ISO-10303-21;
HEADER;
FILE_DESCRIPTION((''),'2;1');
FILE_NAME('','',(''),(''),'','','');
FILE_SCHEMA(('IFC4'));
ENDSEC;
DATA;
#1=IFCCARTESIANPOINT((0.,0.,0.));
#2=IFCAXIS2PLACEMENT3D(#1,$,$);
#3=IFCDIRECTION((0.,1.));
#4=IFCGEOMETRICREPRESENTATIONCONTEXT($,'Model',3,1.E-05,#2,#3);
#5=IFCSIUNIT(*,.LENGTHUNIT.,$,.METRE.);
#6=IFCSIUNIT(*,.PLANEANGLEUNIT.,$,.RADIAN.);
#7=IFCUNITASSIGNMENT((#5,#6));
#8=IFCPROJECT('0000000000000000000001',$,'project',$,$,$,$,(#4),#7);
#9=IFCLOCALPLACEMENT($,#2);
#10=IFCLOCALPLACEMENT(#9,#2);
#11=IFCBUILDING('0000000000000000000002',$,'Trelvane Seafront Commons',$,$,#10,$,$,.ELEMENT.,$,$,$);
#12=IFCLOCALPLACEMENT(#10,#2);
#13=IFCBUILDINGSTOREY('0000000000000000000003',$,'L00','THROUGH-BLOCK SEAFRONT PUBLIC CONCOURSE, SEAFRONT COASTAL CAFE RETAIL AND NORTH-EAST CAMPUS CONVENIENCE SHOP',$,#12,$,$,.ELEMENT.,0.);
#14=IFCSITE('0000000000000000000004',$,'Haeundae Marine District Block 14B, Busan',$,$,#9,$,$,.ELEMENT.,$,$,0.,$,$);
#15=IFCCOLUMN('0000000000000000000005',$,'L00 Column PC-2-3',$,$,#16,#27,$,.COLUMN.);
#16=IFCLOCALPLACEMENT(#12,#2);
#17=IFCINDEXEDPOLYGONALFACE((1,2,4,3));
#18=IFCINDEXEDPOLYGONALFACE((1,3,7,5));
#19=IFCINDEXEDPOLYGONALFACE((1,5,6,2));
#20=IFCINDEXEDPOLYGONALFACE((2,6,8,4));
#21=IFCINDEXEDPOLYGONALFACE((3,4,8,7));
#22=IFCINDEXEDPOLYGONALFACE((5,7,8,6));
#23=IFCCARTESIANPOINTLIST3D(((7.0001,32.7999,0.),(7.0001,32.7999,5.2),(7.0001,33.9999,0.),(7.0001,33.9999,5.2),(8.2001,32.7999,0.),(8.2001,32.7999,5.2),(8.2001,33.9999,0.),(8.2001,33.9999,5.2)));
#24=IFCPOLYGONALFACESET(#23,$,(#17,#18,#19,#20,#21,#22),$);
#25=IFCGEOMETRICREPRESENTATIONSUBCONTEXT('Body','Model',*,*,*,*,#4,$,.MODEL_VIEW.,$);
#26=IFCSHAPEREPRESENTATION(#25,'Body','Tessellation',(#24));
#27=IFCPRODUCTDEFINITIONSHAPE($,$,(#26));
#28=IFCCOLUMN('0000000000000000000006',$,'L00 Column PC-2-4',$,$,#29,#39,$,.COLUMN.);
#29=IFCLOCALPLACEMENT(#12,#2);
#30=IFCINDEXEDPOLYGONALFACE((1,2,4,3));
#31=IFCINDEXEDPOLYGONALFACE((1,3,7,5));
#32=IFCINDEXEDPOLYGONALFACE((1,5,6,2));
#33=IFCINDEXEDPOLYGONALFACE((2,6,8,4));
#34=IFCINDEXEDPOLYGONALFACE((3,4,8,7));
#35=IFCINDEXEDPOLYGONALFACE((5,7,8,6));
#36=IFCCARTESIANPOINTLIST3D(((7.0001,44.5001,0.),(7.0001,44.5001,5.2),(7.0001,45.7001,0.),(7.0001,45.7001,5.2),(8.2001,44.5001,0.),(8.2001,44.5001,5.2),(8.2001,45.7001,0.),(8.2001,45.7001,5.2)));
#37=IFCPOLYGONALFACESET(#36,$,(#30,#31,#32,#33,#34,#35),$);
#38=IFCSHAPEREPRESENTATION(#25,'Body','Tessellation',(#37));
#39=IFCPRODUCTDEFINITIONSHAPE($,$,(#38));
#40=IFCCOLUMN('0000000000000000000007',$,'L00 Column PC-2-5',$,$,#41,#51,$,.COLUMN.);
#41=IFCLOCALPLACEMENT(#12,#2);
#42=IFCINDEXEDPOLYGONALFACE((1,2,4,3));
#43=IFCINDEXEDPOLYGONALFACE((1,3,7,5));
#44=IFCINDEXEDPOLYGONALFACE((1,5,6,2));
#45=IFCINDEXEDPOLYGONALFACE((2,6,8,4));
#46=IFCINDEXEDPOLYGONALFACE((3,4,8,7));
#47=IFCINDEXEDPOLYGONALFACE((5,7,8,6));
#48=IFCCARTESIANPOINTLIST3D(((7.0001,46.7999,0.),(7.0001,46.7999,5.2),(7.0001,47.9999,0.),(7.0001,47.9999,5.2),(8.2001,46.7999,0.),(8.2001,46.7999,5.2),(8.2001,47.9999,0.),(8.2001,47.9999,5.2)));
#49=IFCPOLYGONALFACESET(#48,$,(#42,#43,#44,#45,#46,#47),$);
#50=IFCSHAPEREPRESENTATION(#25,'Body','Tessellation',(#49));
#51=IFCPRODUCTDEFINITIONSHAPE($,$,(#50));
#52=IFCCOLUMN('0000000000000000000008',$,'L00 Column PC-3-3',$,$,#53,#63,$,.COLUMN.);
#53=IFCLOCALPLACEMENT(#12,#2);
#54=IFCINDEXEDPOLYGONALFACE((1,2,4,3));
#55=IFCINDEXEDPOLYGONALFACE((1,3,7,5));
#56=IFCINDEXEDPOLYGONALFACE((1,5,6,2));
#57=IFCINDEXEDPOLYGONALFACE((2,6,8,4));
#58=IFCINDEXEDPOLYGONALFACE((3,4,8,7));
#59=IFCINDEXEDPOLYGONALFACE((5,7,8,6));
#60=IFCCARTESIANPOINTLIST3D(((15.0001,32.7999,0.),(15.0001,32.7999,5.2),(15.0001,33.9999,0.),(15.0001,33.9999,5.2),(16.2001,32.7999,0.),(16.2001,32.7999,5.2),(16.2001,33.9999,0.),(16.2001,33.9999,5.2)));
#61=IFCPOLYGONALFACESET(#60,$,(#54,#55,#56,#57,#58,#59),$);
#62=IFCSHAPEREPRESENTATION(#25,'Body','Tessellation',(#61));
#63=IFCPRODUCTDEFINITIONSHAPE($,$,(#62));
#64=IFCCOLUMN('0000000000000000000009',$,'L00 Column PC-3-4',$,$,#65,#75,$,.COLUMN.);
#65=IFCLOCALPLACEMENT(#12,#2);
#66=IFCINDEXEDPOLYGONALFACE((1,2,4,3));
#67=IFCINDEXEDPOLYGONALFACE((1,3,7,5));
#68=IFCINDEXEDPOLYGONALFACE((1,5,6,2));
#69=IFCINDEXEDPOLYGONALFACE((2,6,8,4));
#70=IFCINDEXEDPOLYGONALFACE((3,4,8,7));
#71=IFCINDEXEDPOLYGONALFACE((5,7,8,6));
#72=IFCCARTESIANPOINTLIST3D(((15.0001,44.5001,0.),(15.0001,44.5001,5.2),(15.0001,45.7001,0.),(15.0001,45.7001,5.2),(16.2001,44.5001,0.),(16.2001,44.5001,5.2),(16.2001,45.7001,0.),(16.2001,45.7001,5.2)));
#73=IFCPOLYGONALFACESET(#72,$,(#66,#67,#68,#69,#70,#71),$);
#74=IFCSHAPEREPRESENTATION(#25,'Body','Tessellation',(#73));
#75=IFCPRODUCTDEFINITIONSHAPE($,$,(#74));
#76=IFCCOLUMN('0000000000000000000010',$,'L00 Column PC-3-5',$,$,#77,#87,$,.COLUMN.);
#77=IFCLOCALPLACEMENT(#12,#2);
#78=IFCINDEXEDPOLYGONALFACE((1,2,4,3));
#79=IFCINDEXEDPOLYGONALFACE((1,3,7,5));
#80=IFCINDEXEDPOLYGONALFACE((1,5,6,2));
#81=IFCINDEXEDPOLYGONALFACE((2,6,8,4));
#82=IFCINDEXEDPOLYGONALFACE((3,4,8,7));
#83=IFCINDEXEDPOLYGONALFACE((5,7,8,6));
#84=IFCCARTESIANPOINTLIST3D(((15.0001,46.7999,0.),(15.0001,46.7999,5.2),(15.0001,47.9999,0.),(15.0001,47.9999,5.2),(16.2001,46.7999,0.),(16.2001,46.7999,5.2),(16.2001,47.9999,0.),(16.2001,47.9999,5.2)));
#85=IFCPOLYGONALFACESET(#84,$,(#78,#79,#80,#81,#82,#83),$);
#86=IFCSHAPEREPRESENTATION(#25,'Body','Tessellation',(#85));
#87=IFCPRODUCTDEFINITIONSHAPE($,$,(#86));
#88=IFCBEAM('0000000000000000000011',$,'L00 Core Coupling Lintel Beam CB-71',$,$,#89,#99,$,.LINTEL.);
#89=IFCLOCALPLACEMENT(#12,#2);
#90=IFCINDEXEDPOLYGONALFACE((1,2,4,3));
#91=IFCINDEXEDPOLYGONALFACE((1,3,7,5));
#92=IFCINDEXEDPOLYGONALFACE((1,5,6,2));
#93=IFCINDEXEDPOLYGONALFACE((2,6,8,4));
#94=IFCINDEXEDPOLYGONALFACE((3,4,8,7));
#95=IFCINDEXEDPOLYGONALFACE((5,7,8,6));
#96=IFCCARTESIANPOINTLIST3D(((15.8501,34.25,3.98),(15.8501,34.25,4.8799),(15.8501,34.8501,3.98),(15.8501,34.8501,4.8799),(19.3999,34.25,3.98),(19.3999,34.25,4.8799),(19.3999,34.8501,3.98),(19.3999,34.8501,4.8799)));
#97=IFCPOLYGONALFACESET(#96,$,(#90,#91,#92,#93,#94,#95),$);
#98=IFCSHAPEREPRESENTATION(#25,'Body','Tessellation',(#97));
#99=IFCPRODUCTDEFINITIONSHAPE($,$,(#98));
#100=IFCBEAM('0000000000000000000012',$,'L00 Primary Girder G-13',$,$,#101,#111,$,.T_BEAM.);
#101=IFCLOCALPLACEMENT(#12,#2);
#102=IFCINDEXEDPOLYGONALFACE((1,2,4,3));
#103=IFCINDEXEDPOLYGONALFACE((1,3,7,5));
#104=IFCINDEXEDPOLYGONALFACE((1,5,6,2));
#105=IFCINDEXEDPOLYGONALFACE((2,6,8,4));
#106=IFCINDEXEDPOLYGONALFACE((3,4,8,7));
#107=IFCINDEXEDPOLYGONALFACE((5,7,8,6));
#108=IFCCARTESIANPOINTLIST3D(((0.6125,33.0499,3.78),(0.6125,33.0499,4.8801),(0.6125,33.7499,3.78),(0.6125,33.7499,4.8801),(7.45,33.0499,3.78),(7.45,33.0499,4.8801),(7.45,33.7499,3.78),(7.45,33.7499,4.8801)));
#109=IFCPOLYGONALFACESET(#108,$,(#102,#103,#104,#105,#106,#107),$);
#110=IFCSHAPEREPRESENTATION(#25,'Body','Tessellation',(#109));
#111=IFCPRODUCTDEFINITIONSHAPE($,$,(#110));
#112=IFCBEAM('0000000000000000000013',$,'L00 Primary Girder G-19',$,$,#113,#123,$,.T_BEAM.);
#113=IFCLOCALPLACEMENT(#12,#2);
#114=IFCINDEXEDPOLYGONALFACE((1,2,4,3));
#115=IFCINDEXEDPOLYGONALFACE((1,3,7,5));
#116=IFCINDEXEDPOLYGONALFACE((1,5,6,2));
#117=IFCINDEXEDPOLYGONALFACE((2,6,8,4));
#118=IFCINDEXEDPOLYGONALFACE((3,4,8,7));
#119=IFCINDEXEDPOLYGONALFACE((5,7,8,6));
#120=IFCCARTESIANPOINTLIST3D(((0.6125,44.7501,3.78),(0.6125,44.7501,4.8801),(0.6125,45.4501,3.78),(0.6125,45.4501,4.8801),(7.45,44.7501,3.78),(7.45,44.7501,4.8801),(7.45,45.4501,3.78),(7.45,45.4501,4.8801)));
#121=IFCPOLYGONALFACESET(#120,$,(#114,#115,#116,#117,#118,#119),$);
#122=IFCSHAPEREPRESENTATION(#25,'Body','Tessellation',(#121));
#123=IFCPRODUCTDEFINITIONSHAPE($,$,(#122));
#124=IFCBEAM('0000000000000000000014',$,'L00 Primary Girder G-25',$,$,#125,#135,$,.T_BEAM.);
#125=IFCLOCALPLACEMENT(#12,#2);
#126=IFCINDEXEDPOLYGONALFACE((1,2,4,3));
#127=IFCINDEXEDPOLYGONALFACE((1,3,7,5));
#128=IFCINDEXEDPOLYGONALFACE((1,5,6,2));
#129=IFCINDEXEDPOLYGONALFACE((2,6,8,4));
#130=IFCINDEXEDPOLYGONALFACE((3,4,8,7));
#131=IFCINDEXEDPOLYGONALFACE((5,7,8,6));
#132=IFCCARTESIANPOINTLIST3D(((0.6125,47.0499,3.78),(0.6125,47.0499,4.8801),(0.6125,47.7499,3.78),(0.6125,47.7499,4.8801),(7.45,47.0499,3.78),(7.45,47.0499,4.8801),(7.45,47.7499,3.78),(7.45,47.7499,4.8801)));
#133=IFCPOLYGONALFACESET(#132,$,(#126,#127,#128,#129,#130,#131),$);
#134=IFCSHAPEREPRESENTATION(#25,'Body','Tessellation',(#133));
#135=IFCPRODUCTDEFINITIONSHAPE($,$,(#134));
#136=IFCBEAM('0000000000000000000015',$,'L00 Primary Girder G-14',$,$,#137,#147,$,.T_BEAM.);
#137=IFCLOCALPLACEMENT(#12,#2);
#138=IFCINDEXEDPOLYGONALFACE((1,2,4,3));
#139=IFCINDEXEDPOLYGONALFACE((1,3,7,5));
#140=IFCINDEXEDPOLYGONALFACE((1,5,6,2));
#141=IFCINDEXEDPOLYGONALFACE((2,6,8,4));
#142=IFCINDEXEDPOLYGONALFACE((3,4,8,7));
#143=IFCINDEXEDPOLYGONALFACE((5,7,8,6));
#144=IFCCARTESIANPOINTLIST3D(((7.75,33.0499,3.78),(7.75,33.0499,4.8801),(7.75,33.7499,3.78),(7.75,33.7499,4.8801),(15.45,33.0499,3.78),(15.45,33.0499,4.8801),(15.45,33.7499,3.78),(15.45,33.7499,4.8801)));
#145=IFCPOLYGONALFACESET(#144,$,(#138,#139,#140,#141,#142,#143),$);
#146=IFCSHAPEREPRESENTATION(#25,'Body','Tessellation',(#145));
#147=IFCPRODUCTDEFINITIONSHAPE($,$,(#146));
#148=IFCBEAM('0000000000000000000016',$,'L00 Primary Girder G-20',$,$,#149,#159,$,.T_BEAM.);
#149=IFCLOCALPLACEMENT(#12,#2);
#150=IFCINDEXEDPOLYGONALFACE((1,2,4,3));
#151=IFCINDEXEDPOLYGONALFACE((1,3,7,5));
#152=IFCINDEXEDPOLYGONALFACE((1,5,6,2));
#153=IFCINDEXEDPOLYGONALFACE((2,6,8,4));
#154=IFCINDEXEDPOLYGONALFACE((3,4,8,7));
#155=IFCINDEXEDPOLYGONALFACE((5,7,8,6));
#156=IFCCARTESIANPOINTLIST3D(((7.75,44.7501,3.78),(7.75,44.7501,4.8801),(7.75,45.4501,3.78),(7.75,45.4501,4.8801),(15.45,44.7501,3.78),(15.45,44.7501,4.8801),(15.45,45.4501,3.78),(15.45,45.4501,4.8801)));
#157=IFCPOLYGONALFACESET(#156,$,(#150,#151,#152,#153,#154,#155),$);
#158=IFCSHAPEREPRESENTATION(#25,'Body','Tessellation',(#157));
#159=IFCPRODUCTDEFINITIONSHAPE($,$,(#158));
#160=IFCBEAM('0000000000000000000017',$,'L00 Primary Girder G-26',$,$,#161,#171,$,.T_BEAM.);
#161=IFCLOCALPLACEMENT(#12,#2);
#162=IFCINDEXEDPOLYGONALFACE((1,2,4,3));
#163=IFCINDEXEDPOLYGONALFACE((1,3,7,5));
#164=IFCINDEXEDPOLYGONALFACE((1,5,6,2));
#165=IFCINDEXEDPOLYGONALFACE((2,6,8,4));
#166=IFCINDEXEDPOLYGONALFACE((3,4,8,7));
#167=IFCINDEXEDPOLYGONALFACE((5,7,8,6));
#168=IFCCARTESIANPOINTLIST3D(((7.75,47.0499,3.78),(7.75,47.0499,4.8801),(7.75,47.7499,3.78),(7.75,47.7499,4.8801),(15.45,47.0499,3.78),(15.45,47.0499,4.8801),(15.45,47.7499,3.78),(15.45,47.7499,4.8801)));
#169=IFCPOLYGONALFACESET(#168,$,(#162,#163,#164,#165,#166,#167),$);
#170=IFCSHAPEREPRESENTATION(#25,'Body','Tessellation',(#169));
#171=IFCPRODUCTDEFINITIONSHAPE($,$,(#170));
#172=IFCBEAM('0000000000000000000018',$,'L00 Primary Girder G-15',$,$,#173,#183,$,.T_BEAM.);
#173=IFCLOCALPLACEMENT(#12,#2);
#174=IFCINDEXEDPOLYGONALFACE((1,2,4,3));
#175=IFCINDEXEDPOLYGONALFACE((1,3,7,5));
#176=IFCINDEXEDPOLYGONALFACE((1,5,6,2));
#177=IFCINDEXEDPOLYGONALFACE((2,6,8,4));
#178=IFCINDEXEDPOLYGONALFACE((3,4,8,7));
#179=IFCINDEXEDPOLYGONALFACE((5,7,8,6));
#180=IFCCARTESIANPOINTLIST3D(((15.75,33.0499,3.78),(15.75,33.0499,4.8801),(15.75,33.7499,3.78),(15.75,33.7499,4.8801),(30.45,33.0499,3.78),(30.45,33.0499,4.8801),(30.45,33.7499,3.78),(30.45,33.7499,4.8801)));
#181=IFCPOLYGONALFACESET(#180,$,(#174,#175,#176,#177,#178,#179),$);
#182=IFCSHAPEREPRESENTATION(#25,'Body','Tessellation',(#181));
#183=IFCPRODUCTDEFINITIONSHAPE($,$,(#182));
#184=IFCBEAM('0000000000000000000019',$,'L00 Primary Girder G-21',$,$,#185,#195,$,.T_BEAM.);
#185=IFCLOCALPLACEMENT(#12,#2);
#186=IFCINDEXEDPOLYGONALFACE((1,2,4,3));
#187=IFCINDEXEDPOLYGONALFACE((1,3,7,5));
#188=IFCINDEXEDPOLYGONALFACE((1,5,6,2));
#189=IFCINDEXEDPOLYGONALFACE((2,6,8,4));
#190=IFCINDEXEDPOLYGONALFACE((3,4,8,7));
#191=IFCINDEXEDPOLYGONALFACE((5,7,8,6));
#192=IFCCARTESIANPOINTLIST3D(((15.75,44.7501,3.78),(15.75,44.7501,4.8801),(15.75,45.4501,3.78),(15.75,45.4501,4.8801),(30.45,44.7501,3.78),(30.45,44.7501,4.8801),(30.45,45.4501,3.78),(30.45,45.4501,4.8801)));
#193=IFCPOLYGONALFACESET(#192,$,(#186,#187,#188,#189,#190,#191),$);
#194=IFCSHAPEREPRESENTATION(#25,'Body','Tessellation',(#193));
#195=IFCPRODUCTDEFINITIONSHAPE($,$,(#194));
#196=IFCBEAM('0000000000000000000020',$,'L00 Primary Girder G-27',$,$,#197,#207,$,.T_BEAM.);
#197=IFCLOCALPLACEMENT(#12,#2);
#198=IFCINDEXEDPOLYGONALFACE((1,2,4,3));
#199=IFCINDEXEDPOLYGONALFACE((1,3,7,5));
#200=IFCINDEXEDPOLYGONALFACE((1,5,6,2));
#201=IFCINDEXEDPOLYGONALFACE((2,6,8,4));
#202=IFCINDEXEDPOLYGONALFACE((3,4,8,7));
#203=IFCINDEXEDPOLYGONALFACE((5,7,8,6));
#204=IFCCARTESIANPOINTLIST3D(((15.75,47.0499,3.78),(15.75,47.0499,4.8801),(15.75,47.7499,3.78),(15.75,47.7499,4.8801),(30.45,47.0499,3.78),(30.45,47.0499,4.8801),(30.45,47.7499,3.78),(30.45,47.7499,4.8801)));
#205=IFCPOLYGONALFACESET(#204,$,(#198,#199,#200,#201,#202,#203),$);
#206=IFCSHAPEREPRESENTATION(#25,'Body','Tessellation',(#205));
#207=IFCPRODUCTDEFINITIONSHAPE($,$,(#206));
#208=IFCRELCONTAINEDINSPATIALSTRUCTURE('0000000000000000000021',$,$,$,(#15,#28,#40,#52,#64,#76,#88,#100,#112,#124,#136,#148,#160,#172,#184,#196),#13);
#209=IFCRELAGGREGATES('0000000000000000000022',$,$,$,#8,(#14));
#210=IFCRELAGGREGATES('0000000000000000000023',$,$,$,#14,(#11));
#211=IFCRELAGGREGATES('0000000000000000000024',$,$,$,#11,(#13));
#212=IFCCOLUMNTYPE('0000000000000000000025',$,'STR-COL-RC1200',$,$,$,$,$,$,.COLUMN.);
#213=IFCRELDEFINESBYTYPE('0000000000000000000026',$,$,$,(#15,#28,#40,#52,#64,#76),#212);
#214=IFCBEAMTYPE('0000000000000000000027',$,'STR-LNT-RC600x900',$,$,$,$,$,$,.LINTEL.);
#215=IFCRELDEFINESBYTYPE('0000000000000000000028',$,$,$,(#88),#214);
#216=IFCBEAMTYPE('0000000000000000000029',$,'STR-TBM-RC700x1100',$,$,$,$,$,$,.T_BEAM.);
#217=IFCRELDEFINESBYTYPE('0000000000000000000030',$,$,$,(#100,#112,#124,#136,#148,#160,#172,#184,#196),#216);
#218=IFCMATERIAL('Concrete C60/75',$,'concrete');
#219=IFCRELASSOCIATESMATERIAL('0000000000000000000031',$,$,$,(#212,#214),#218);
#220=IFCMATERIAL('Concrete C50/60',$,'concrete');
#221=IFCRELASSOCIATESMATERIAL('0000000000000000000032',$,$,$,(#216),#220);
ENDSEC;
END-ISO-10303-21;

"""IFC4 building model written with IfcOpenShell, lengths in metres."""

from ifc_helpers import new_model, si_unit, direction, frame, origin, origin_2d, place, context, subcontext, project, spatial, rectangle, extrude, source, transform, mapped, material, material_profile, profile_set, type_object, element, save


model = new_model("IFC4")

# Units and contexts
model_context = context("Model", 3, precision=1e-05, world=origin(), true_north=direction((0.0, 1.0)))
body_context = subcontext(model_context, "Body", "Model", "MODEL_VIEW")
ifc_project = project(units=[si_unit("LENGTHUNIT", "METRE"), si_unit("PLANEANGLEUNIT", "RADIAN")], contexts=[model_context])

# Site, building, storey
site_placement = place(None, origin())
site = spatial("IfcSite", under=ifc_project, at=site_placement, Name="Haeundae Marine District Block 14B, Busan", CompositionType="ELEMENT", RefElevation=0.0)
building_placement = place(site_placement, origin())
building = spatial("IfcBuilding", under=site, at=building_placement, Name="Trelvane Seafront Commons", CompositionType="ELEMENT")
storey_placement = place(building_placement, origin())
storey = spatial("IfcBuildingStorey", under=building, at=storey_placement, Name="L00", Description="THROUGH-BLOCK SEAFRONT PUBLIC CONCOURSE, SEAFRONT COASTAL CAFE RETAIL AND NORTH-EAST CAMPUS CONVENIENCE SHOP", CompositionType="ELEMENT", Elevation=0.0)

# Columns
ifc_material_1 = material(Name="Concrete C60/75", Category="concrete")
ifc_material_profile_1 = material_profile(ifc_material_1, rectangle(XDim=1.2, YDim=1.2, at=origin_2d()), Name="RC-1200x1200")
ifc_profile_set_1 = profile_set([ifc_material_profile_1], Name="Concrete C60/75")
column_type = type_object("IfcColumnType", Name="STR-COL-RC1200", PredefinedType="COLUMN", material=ifc_profile_set_1)
shared_shape_1 = source(origin(), body_context, "Body", "SweptSolid", [
    extrude(rectangle(XDim=1.2, YDim=1.2, at=origin_2d()), origin(), (0.0, 0.0, 1.0), 5.2),
])
for number, where, z_axis, x_axis, name in (
    (1, (7.6001, 33.3999, 0.0), (0.0, 0.0, 1.0), (1.0, 0.0, 0.0), "L00 Column PC-2-3"),
    (2, (7.6001, 45.1001, 0.0), (0.0, 0.0, 1.0), (1.0, 0.0, 0.0), "L00 Column PC-2-4"),
    (3, (7.6001, 47.3999, 0.0), (0.0, 0.0, 1.0), (1.0, 0.0, 0.0), "L00 Column PC-2-5"),
    (4, (15.6001, 33.3999, 0.0), (0.0, 0.0, 1.0), (1.0, 0.0, 0.0), "L00 Column PC-3-3"),
    (5, (15.6001, 45.1001, 0.0), (0.0, 0.0, 1.0), (1.0, 0.0, 0.0), "L00 Column PC-3-4"),
    (6, (15.6001, 47.3999, 0.0), (0.0, 0.0, 1.0), (1.0, 0.0, 0.0), "L00 Column PC-3-5"),
):
    element("IfcColumn", number, at=place(storey_placement, frame(where, z_axis=z_axis, x_axis=x_axis)), inside=storey, type_object=column_type, Name=name, PredefinedType="COLUMN", context=body_context, shape_type="MappedRepresentation", body=[
        mapped(shared_shape_1, transform((0.0, 0.0, 0.0), x_axis=(1.0, 0.0, 0.0), y_axis=(0.0, 1.0, 0.0), z_axis=(0.0, 0.0, 1.0), scale=1.0)),
    ])

# Beams
ifc_material_profile_2 = material_profile(ifc_material_1, rectangle(XDim=0.6001, YDim=0.8999, at=origin_2d()), Name="RC-600x900")
ifc_profile_set_2 = profile_set([ifc_material_profile_2], Name="Concrete C60/75")
beam_type_1 = type_object("IfcBeamType", Name="STR-LNT-RC600x900", PredefinedType="LINTEL", material=ifc_profile_set_2)
shared_shape_2 = source(origin(), body_context, "Body", "SweptSolid", [
    extrude(rectangle(XDim=0.6001, YDim=0.8999, at=origin_2d()), origin(), (0.0, 0.0, 1.0), 3.5498),
])
beam_1_placement = place(storey_placement, frame((15.8501, 34.55, 4.4299), z_axis=(1.0, 0.0, 0.0), x_axis=(0.0, 1.0, 0.0)))
element("IfcBeam", 7, at=beam_1_placement, inside=storey, type_object=beam_type_1, Name="L00 Core Coupling Lintel Beam CB-71", PredefinedType="LINTEL", context=body_context, shape_type="MappedRepresentation", body=[
    mapped(shared_shape_2, transform((0.0, 0.0, 0.0), x_axis=(1.0, 0.0, 0.0), y_axis=(0.0, 1.0, 0.0), z_axis=(0.0, 0.0, 1.0), scale=1.0)),
])
ifc_material_2 = material(Name="Concrete C50/60", Category="concrete")
ifc_material_profile_3 = material_profile(ifc_material_2, rectangle(XDim=0.7, YDim=1.1001, at=origin_2d()), Name="RC-700x1100")
ifc_profile_set_3 = profile_set([ifc_material_profile_3], Name="Concrete C50/60")
beam_type_2 = type_object("IfcBeamType", Name="STR-TBM-RC700x1100", PredefinedType="T_BEAM", material=ifc_profile_set_3)
shared_shape_3 = source(origin(), body_context, "Body", "SweptSolid", [
    extrude(rectangle(XDim=0.7, YDim=1.1001, at=origin_2d()), origin(), (0.0, 0.0, 1.0), 6.8374),
])
for number, where, z_axis, x_axis, name in (
    (8, (0.6125, 33.3999, 4.3301), (1.0, 0.0, 0.0), (0.0, 1.0, 0.0), "L00 Primary Girder G-13"),
    (9, (0.6125, 45.1001, 4.3301), (1.0, 0.0, 0.0), (0.0, 1.0, 0.0), "L00 Primary Girder G-19"),
    (10, (0.6125, 47.3999, 4.3301), (1.0, 0.0, 0.0), (0.0, 1.0, 0.0), "L00 Primary Girder G-25"),
):
    element("IfcBeam", number, at=place(storey_placement, frame(where, z_axis=z_axis, x_axis=x_axis)), inside=storey, type_object=beam_type_2, Name=name, PredefinedType="T_BEAM", context=body_context, shape_type="MappedRepresentation", body=[
        mapped(shared_shape_3, transform((0.0, 0.0, 0.0), x_axis=(1.0, 0.0, 0.0), y_axis=(0.0, 1.0, 0.0), z_axis=(0.0, 0.0, 1.0), scale=1.0)),
    ])
shared_shape_4 = source(origin(), body_context, "Body", "SweptSolid", [
    extrude(rectangle(XDim=0.7, YDim=1.1001, at=origin_2d()), origin(), (0.0, 0.0, 1.0), 7.7),
])
for number, where, z_axis, x_axis, name in (
    (11, (7.75, 33.3999, 4.3301), (1.0, 0.0, 0.0), (0.0, 1.0, 0.0), "L00 Primary Girder G-14"),
    (12, (7.75, 45.1001, 4.3301), (1.0, 0.0, 0.0), (0.0, 1.0, 0.0), "L00 Primary Girder G-20"),
    (13, (7.75, 47.3999, 4.3301), (1.0, 0.0, 0.0), (0.0, 1.0, 0.0), "L00 Primary Girder G-26"),
):
    element("IfcBeam", number, at=place(storey_placement, frame(where, z_axis=z_axis, x_axis=x_axis)), inside=storey, type_object=beam_type_2, Name=name, PredefinedType="T_BEAM", context=body_context, shape_type="MappedRepresentation", body=[
        mapped(shared_shape_4, transform((0.0, 0.0, 0.0), x_axis=(1.0, 0.0, 0.0), y_axis=(0.0, 1.0, 0.0), z_axis=(0.0, 0.0, 1.0), scale=1.0)),
    ])
shared_shape_5 = source(origin(), body_context, "Body", "SweptSolid", [
    extrude(rectangle(XDim=0.7, YDim=1.1001, at=origin_2d()), origin(), (0.0, 0.0, 1.0), 14.7),
])
for number, where, z_axis, x_axis, name in (
    (14, (15.75, 33.3999, 4.3301), (1.0, 0.0, 0.0), (0.0, 1.0, 0.0), "L00 Primary Girder G-15"),
    (15, (15.75, 45.1001, 4.3301), (1.0, 0.0, 0.0), (0.0, 1.0, 0.0), "L00 Primary Girder G-21"),
    (16, (15.75, 47.3999, 4.3301), (1.0, 0.0, 0.0), (0.0, 1.0, 0.0), "L00 Primary Girder G-27"),
):
    element("IfcBeam", number, at=place(storey_placement, frame(where, z_axis=z_axis, x_axis=x_axis)), inside=storey, type_object=beam_type_2, Name=name, PredefinedType="T_BEAM", context=body_context, shape_type="MappedRepresentation", body=[
        mapped(shared_shape_5, transform((0.0, 0.0, 0.0), x_axis=(1.0, 0.0, 0.0), y_axis=(0.0, 1.0, 0.0), z_axis=(0.0, 0.0, 1.0), scale=1.0)),
    ])

save(model, "model.ifc")
